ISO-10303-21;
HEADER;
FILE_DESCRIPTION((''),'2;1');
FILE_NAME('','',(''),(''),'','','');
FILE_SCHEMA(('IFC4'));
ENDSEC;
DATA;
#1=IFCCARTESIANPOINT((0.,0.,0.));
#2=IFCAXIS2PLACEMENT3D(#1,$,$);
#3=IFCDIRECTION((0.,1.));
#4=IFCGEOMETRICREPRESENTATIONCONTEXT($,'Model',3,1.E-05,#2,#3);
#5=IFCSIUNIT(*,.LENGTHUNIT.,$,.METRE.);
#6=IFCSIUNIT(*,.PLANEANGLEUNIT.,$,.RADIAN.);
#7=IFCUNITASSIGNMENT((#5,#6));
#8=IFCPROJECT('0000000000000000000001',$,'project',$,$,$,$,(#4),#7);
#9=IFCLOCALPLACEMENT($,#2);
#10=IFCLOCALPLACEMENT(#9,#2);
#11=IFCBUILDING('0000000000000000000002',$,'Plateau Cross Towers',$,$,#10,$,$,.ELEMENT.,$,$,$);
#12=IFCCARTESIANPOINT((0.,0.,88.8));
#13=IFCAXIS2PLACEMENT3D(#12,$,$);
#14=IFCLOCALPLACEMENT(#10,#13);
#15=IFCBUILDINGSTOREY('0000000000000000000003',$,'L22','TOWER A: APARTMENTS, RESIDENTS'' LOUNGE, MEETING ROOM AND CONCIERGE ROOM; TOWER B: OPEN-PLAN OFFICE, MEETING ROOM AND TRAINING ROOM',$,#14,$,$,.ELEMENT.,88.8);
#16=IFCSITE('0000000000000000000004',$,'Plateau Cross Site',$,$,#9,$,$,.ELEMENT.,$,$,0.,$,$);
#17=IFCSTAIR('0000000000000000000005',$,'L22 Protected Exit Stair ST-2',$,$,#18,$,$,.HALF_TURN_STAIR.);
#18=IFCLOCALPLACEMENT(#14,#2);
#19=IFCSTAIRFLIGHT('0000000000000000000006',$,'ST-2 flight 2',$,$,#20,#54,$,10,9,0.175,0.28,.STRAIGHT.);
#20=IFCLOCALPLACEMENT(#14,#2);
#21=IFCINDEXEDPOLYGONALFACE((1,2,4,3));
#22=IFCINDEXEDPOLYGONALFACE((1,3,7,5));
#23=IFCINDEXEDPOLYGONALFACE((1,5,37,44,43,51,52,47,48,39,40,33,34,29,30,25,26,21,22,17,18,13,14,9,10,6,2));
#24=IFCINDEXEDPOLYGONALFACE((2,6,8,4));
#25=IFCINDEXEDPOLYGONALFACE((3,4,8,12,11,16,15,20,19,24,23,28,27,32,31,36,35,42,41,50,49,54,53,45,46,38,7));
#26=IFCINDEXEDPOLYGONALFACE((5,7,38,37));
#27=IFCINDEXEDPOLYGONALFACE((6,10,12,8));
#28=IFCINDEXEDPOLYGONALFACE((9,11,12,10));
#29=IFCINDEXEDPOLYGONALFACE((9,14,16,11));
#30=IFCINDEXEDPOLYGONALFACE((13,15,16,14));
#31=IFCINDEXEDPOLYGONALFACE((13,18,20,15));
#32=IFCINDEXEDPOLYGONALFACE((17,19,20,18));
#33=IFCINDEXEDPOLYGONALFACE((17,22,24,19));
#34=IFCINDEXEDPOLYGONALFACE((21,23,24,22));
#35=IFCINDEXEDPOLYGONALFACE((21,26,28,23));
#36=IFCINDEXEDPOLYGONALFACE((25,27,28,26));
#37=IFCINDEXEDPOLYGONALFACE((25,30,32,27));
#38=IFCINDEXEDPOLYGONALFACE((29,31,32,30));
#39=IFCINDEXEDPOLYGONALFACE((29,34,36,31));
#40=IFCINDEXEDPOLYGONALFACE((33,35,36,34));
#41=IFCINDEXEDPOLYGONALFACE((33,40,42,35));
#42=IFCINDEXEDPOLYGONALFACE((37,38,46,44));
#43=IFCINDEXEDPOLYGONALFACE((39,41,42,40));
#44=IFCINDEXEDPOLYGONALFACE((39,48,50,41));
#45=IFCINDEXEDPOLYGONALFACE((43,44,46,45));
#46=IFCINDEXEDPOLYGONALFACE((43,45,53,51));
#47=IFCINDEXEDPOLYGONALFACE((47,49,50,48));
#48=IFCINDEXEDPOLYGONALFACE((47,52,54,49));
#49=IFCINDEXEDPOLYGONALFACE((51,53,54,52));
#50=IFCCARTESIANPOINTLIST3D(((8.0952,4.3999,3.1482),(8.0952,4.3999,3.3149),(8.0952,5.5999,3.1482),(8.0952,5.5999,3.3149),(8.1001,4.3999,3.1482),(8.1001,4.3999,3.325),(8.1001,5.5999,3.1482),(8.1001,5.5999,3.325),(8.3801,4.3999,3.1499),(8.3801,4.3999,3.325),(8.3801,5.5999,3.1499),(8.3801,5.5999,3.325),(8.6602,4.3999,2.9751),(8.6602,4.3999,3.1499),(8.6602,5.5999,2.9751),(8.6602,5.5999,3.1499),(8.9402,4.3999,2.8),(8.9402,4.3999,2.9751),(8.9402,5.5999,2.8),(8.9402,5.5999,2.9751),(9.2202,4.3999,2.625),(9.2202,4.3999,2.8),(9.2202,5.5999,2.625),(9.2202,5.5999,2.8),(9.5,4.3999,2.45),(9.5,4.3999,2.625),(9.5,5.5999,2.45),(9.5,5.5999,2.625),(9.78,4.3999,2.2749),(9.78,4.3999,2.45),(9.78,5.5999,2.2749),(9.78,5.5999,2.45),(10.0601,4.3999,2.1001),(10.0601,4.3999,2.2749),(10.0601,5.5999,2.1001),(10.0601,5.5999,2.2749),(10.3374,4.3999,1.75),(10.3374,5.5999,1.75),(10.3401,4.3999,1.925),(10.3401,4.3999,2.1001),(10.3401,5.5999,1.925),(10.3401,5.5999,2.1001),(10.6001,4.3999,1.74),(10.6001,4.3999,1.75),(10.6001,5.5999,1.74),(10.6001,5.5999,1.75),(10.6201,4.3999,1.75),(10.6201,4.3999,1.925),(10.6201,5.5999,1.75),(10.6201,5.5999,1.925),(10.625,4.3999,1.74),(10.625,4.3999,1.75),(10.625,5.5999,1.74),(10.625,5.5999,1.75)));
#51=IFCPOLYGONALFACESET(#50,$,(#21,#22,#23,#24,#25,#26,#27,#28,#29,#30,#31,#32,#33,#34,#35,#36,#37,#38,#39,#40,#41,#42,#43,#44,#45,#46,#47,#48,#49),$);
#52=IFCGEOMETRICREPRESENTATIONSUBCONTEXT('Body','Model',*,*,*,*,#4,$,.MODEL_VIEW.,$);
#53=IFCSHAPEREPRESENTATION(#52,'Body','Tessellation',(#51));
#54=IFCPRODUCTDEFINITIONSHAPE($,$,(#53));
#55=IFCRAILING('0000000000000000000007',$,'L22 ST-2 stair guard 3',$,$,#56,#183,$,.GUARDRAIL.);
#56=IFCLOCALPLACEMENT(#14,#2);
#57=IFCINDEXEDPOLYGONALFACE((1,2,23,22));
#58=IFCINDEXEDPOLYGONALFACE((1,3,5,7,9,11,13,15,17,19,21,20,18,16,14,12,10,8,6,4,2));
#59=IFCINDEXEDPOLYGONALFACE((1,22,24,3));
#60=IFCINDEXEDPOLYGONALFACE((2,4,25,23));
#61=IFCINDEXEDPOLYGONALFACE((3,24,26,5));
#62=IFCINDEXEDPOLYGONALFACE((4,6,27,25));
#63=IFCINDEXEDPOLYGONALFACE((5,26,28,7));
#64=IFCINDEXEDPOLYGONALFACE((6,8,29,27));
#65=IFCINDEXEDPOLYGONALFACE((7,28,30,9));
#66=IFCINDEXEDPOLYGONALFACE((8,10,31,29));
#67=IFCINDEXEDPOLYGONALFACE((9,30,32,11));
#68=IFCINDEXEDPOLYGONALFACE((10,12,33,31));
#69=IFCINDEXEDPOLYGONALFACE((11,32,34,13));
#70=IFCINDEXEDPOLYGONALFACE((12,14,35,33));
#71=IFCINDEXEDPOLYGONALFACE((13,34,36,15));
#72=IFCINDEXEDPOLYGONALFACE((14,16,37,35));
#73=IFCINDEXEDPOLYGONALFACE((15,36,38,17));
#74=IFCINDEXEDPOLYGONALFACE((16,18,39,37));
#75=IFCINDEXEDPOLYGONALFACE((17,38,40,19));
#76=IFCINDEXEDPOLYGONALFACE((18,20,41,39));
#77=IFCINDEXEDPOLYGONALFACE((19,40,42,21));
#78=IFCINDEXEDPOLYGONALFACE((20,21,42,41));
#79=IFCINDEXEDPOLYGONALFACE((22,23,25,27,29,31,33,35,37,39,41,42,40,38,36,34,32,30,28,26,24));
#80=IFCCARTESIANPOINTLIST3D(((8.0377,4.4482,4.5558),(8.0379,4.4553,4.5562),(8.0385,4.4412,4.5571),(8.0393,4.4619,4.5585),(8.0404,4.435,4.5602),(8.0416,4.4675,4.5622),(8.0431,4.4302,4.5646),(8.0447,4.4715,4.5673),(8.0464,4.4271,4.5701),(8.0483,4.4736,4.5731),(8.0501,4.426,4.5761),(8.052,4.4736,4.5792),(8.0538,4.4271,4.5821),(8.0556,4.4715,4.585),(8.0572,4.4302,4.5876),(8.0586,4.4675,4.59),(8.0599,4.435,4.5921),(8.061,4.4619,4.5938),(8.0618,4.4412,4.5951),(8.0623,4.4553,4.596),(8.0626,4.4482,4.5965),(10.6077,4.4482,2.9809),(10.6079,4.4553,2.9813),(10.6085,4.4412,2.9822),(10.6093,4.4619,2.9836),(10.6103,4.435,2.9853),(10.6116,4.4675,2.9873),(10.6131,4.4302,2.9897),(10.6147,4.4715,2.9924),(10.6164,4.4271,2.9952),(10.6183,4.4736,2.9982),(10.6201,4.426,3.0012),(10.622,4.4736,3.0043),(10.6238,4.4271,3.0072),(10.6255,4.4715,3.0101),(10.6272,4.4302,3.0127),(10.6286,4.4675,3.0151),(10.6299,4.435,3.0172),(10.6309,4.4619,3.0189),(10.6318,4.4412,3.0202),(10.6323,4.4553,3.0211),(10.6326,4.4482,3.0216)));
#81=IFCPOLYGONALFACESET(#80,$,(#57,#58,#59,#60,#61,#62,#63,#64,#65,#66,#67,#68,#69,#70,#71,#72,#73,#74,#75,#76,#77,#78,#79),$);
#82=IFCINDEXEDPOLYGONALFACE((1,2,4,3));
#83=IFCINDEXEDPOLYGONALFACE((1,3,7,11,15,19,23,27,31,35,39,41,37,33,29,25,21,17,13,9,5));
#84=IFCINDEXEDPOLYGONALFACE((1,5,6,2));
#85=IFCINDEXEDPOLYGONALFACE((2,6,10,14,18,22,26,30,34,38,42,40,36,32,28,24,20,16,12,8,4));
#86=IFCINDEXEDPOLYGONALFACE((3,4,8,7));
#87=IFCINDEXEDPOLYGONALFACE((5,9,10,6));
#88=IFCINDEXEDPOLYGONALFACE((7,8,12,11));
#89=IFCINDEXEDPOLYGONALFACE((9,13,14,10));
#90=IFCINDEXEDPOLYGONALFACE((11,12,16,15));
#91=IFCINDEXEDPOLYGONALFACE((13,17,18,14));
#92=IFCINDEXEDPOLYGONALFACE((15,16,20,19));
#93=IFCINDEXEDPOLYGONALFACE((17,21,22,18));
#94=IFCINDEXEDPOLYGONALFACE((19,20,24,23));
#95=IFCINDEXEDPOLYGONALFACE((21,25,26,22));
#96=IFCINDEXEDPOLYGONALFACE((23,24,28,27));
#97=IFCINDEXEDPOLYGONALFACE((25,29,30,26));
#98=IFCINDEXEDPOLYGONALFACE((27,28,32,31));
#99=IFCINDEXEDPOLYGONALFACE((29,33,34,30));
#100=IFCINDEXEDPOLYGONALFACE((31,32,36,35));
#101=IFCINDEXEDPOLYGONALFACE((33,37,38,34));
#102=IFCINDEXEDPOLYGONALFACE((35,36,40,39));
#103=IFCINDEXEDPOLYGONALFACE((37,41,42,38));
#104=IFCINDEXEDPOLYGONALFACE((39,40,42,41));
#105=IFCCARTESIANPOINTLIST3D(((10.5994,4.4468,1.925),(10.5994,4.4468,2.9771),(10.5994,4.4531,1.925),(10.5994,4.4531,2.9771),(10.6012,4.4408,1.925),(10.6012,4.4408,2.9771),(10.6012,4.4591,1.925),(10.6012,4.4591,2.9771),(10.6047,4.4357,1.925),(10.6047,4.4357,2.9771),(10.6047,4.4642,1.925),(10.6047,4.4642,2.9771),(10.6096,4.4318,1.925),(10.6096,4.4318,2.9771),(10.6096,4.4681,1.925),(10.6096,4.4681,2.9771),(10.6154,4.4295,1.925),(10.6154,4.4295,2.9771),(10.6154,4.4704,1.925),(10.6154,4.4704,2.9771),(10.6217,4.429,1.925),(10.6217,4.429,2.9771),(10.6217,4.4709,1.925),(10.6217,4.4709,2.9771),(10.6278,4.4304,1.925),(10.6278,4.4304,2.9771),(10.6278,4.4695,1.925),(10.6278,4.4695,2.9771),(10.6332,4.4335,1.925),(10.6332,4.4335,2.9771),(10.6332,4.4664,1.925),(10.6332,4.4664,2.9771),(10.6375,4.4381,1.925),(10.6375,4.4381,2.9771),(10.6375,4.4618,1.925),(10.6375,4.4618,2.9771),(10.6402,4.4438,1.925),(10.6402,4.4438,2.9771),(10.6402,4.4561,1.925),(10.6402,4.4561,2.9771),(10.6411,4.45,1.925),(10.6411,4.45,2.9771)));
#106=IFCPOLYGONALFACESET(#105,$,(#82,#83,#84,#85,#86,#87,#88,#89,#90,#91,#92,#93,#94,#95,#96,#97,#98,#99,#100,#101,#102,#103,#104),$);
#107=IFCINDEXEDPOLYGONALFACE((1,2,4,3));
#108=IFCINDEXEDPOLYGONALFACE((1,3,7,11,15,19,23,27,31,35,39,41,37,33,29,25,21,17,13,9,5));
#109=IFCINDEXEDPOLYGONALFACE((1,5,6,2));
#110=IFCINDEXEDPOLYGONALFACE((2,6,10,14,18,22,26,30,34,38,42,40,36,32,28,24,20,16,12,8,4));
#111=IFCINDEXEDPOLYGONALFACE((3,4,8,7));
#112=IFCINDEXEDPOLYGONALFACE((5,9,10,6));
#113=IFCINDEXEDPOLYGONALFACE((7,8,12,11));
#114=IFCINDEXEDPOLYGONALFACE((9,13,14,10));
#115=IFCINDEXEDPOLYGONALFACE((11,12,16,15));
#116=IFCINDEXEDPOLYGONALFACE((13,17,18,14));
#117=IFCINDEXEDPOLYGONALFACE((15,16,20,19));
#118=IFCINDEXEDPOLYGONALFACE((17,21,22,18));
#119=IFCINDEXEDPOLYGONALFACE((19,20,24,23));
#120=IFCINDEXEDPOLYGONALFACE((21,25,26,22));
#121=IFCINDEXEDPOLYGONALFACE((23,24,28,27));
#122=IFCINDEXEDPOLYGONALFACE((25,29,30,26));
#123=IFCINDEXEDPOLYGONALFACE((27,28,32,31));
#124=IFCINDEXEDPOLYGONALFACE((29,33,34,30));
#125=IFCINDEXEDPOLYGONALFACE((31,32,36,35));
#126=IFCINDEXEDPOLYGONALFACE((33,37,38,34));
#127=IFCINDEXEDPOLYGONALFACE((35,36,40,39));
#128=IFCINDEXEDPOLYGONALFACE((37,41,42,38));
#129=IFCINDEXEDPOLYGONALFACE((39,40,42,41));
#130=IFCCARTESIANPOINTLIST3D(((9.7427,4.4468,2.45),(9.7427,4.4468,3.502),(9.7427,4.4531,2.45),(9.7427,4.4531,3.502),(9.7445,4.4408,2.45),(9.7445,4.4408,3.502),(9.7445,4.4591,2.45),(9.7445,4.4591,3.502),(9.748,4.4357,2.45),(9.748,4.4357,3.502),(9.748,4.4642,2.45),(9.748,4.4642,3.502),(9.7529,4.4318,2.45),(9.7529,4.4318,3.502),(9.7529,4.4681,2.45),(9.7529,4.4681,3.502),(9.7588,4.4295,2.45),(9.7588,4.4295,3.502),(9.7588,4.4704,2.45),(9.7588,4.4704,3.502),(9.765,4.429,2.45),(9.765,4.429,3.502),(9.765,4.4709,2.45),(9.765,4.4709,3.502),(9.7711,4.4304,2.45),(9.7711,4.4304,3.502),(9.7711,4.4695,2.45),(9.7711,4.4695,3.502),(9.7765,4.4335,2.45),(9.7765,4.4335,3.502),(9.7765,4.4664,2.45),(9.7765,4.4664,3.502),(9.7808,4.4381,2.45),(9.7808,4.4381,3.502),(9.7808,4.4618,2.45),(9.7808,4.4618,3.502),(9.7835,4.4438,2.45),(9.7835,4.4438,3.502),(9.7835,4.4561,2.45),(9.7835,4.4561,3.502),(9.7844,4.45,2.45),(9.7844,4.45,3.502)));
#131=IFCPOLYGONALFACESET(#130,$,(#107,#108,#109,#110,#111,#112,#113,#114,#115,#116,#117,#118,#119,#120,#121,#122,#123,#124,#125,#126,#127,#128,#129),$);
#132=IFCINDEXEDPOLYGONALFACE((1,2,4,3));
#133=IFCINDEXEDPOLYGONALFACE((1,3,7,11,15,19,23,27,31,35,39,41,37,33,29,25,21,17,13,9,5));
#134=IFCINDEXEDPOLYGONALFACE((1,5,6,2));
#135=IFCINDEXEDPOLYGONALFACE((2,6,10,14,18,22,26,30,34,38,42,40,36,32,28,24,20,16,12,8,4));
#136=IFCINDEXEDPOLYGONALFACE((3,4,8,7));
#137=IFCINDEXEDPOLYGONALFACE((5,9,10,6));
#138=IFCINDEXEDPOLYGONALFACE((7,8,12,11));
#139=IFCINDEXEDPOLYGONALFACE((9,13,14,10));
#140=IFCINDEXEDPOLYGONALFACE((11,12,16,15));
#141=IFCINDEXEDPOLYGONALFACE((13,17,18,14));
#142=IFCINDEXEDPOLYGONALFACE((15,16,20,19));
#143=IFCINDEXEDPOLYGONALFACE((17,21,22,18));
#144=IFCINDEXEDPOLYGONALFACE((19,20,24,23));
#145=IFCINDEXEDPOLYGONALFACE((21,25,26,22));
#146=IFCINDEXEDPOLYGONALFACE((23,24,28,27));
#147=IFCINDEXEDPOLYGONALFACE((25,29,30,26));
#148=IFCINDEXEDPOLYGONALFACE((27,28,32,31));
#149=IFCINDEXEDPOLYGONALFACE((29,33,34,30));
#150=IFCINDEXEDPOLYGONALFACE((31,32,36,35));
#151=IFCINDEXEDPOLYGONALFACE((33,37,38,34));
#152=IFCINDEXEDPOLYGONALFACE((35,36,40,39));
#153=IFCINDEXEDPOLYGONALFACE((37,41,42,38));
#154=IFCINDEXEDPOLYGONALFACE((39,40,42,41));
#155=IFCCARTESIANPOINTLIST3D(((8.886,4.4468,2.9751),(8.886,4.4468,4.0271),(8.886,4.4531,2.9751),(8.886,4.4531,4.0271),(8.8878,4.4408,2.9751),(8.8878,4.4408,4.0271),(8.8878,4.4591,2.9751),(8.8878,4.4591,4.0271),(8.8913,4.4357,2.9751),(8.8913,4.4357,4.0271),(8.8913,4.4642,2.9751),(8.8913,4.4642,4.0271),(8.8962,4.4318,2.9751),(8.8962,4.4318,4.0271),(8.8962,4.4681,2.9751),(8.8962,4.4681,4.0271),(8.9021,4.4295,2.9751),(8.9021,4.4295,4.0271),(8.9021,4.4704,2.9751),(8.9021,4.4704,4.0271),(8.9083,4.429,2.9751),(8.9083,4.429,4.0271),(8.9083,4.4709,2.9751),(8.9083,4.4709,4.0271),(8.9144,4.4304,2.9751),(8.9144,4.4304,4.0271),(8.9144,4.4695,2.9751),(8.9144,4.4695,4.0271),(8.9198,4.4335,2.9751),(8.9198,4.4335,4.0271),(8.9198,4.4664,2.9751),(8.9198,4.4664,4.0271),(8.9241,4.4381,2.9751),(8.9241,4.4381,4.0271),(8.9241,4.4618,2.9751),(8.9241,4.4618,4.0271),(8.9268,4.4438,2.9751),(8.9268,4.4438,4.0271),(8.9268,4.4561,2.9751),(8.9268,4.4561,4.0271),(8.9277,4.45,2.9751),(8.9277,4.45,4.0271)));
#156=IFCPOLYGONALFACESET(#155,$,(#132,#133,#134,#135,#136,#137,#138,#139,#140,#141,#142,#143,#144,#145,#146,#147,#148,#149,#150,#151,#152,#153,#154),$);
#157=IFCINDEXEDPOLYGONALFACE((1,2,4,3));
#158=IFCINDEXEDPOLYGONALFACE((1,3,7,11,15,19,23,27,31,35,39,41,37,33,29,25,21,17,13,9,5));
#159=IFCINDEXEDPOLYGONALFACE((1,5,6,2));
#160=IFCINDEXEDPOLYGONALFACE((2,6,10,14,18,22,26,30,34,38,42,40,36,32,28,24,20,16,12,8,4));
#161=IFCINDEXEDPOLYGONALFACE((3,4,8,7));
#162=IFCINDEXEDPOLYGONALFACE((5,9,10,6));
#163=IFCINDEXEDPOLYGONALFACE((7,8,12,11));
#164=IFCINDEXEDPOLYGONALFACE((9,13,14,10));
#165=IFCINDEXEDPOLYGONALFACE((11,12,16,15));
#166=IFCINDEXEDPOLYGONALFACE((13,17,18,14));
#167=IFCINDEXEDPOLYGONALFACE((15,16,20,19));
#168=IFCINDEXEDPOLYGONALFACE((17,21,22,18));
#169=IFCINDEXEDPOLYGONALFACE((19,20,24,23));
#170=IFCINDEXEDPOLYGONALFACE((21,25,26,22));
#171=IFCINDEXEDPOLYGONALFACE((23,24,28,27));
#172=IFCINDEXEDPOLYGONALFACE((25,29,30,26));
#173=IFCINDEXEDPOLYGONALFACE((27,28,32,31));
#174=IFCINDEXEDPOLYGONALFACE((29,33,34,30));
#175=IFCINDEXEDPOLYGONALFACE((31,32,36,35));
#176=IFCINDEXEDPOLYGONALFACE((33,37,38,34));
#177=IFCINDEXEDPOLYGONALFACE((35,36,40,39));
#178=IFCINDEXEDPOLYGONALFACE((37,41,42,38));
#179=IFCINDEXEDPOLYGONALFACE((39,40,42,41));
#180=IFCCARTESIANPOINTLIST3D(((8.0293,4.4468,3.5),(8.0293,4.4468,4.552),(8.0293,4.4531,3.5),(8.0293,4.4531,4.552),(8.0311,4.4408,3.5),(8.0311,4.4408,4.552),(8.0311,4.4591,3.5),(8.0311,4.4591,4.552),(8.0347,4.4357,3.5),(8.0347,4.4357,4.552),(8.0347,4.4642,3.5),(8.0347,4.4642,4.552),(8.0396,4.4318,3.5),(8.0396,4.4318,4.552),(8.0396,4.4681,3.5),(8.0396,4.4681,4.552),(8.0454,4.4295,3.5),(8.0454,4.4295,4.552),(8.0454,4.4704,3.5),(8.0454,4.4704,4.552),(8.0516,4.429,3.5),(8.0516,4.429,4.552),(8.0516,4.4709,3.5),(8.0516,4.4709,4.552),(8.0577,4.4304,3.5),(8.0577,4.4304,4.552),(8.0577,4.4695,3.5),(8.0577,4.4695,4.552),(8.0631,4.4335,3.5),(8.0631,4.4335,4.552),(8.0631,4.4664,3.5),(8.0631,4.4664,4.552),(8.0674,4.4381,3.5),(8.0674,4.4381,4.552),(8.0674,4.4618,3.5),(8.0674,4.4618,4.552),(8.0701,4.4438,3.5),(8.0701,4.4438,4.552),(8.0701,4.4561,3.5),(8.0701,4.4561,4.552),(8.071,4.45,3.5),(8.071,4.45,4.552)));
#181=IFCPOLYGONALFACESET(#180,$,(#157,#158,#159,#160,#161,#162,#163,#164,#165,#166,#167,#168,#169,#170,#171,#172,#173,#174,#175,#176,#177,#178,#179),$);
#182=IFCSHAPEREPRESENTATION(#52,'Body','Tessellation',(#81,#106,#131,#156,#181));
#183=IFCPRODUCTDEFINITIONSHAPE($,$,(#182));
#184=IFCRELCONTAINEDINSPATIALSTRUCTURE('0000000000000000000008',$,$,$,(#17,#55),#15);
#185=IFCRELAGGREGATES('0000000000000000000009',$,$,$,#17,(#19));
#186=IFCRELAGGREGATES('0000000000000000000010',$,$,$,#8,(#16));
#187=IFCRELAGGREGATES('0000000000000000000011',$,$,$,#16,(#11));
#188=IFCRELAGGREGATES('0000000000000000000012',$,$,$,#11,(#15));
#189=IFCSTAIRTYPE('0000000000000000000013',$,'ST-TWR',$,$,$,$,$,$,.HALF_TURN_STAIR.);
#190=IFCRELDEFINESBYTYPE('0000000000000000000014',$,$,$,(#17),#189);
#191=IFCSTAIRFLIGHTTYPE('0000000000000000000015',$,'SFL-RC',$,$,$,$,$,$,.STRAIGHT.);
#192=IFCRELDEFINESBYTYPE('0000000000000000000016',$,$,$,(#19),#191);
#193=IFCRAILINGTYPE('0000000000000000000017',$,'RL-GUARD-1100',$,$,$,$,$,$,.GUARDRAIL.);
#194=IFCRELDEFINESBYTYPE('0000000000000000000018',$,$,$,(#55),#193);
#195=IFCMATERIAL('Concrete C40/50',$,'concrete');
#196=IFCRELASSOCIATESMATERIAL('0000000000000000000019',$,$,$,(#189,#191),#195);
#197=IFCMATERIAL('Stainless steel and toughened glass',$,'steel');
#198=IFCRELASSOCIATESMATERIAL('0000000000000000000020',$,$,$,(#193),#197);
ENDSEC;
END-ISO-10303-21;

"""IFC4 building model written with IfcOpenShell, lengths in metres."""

from ifc_helpers import new_model, si_unit, direction, frame, origin, origin_2d, place, context, subcontext, project, spatial, polyline, circle, outline, extrude, material, type_object, element, aggregate, save


model = new_model("IFC4")

# Units and contexts
model_context = context("Model", 3, precision=1e-05, world=origin(), true_north=direction((0.0, 1.0)))
body_context = subcontext(model_context, "Body", "Model", "MODEL_VIEW")
ifc_project = project(units=[si_unit("LENGTHUNIT", "METRE"), si_unit("PLANEANGLEUNIT", "RADIAN")], contexts=[model_context])

# Site, building, storey
site_placement = place(None, origin())
site = spatial("IfcSite", under=ifc_project, at=site_placement, Name="Plateau Cross Site", CompositionType="ELEMENT", RefElevation=0.0)
building_placement = place(site_placement, origin())
building = spatial("IfcBuilding", under=site, at=building_placement, Name="Plateau Cross Towers", CompositionType="ELEMENT")
storey_placement = place(building_placement, frame((0.0, 0.0, 88.8)))
storey = spatial("IfcBuildingStorey", under=building, at=storey_placement, Name="L22", Description="TOWER A: APARTMENTS, RESIDENTS' LOUNGE, MEETING ROOM AND CONCIERGE ROOM; TOWER B: OPEN-PLAN OFFICE, MEETING ROOM AND TRAINING ROOM", CompositionType="ELEMENT", Elevation=88.8)

# Stair, stair flight
ifc_material_1 = material(Name="Concrete C40/50", Category="concrete")
stair_type = type_object("IfcStairType", Name="ST-TWR", PredefinedType="HALF_TURN_STAIR", material=ifc_material_1)
stair_placement = place(storey_placement, origin())
stair = element("IfcStair", 1, at=stair_placement, inside=storey, type_object=stair_type, Name="L22 Protected Exit Stair ST-2", PredefinedType="HALF_TURN_STAIR")
stair_flight_type = type_object("IfcStairFlightType", Name="SFL-RC", PredefinedType="STRAIGHT", material=ifc_material_1)
stair_flight_placement = place(storey_placement, frame((10.6201, 5.0, 1.75), z_axis=(0.0, 0.0, 1.0), x_axis=(-1.0, 0.0, 0.0)))
stair_flight = element("IfcStairFlight", 2, at=stair_flight_placement, type_object=stair_flight_type, Name="ST-2 flight 2", NumberOfRisers=10, NumberOfTreads=9, PredefinedType="STRAIGHT", RiserHeight=0.175, TreadLength=0.28, context=body_context, shape_type="SweptSolid", body=[
    extrude(outline(polyline([(-0.0049, -0.01), (-0.0049, 0.0), (0.0, 0.0), (0.0, 0.175), (0.28, 0.175), (0.28, 0.3501), (0.5601, 0.3501), (0.5601, 0.5249), (0.8401, 0.5249), (0.8401, 0.7), (1.1201, 0.7), (1.1201, 0.875), (1.3999, 0.875), (1.3999, 1.05), (1.6799, 1.05), (1.6799, 1.2251), (1.96, 1.2251), (1.96, 1.3999), (2.24, 1.3999), (2.24, 1.575), (2.52, 1.575), (2.5249, 1.5649), (2.5249, 1.3982), (2.52, 1.3982), (0.2827, 0.0), (0.02, 0.0), (0.02, -0.01), (-0.0049, -0.01)])), frame((0.0, 0.6001, 0.0), z_axis=(0.0, -1.0, 0.0), x_axis=(1.0, 0.0, 0.0)), (0.0, 0.0, 1.0), 1.2),
])
aggregate(stair, [stair_flight])

# Railing
ifc_material_2 = material(Name="Stainless steel and toughened glass", Category="steel")
railing_type_1 = type_object("IfcRailingType", Name="RL-GUARD-1100", PredefinedType="GUARDRAIL", material=ifc_material_2)
railing_1_placement = place(storey_placement, frame((10.6201, 4.45, 1.925)))
element("IfcRailing", 3, at=railing_1_placement, inside=storey, type_object=railing_type_1, Name="L22 ST-2 stair guard 3", PredefinedType="GUARDRAIL", context=body_context, shape_type="SweptSolid", body=[
    extrude(circle(Radius=0.0239, at=origin_2d()), frame((0.0, 0.0, 1.0762), z_axis=(-0.852639, 0.0, 0.522501), x_axis=(0.0, -1.0, 0.0)), (0.0, 0.0, 1.0), 3.0142),
    extrude(circle(Radius=0.021, at=origin_2d()), origin(), (0.0, 0.0, 1.0), 1.052),
    extrude(circle(Radius=0.021, at=origin_2d()), frame((-0.8567, 0.0, 0.5249)), (0.0, 0.0, 1.0), 1.052),
    extrude(circle(Radius=0.021, at=origin_2d()), frame((-1.7134, 0.0, 1.05)), (0.0, 0.0, 1.0), 1.052),
    extrude(circle(Radius=0.021, at=origin_2d()), frame((-2.5701, 0.0, 1.575)), (0.0, 0.0, 1.0), 1.052),
])

save(model, "model.ifc")
